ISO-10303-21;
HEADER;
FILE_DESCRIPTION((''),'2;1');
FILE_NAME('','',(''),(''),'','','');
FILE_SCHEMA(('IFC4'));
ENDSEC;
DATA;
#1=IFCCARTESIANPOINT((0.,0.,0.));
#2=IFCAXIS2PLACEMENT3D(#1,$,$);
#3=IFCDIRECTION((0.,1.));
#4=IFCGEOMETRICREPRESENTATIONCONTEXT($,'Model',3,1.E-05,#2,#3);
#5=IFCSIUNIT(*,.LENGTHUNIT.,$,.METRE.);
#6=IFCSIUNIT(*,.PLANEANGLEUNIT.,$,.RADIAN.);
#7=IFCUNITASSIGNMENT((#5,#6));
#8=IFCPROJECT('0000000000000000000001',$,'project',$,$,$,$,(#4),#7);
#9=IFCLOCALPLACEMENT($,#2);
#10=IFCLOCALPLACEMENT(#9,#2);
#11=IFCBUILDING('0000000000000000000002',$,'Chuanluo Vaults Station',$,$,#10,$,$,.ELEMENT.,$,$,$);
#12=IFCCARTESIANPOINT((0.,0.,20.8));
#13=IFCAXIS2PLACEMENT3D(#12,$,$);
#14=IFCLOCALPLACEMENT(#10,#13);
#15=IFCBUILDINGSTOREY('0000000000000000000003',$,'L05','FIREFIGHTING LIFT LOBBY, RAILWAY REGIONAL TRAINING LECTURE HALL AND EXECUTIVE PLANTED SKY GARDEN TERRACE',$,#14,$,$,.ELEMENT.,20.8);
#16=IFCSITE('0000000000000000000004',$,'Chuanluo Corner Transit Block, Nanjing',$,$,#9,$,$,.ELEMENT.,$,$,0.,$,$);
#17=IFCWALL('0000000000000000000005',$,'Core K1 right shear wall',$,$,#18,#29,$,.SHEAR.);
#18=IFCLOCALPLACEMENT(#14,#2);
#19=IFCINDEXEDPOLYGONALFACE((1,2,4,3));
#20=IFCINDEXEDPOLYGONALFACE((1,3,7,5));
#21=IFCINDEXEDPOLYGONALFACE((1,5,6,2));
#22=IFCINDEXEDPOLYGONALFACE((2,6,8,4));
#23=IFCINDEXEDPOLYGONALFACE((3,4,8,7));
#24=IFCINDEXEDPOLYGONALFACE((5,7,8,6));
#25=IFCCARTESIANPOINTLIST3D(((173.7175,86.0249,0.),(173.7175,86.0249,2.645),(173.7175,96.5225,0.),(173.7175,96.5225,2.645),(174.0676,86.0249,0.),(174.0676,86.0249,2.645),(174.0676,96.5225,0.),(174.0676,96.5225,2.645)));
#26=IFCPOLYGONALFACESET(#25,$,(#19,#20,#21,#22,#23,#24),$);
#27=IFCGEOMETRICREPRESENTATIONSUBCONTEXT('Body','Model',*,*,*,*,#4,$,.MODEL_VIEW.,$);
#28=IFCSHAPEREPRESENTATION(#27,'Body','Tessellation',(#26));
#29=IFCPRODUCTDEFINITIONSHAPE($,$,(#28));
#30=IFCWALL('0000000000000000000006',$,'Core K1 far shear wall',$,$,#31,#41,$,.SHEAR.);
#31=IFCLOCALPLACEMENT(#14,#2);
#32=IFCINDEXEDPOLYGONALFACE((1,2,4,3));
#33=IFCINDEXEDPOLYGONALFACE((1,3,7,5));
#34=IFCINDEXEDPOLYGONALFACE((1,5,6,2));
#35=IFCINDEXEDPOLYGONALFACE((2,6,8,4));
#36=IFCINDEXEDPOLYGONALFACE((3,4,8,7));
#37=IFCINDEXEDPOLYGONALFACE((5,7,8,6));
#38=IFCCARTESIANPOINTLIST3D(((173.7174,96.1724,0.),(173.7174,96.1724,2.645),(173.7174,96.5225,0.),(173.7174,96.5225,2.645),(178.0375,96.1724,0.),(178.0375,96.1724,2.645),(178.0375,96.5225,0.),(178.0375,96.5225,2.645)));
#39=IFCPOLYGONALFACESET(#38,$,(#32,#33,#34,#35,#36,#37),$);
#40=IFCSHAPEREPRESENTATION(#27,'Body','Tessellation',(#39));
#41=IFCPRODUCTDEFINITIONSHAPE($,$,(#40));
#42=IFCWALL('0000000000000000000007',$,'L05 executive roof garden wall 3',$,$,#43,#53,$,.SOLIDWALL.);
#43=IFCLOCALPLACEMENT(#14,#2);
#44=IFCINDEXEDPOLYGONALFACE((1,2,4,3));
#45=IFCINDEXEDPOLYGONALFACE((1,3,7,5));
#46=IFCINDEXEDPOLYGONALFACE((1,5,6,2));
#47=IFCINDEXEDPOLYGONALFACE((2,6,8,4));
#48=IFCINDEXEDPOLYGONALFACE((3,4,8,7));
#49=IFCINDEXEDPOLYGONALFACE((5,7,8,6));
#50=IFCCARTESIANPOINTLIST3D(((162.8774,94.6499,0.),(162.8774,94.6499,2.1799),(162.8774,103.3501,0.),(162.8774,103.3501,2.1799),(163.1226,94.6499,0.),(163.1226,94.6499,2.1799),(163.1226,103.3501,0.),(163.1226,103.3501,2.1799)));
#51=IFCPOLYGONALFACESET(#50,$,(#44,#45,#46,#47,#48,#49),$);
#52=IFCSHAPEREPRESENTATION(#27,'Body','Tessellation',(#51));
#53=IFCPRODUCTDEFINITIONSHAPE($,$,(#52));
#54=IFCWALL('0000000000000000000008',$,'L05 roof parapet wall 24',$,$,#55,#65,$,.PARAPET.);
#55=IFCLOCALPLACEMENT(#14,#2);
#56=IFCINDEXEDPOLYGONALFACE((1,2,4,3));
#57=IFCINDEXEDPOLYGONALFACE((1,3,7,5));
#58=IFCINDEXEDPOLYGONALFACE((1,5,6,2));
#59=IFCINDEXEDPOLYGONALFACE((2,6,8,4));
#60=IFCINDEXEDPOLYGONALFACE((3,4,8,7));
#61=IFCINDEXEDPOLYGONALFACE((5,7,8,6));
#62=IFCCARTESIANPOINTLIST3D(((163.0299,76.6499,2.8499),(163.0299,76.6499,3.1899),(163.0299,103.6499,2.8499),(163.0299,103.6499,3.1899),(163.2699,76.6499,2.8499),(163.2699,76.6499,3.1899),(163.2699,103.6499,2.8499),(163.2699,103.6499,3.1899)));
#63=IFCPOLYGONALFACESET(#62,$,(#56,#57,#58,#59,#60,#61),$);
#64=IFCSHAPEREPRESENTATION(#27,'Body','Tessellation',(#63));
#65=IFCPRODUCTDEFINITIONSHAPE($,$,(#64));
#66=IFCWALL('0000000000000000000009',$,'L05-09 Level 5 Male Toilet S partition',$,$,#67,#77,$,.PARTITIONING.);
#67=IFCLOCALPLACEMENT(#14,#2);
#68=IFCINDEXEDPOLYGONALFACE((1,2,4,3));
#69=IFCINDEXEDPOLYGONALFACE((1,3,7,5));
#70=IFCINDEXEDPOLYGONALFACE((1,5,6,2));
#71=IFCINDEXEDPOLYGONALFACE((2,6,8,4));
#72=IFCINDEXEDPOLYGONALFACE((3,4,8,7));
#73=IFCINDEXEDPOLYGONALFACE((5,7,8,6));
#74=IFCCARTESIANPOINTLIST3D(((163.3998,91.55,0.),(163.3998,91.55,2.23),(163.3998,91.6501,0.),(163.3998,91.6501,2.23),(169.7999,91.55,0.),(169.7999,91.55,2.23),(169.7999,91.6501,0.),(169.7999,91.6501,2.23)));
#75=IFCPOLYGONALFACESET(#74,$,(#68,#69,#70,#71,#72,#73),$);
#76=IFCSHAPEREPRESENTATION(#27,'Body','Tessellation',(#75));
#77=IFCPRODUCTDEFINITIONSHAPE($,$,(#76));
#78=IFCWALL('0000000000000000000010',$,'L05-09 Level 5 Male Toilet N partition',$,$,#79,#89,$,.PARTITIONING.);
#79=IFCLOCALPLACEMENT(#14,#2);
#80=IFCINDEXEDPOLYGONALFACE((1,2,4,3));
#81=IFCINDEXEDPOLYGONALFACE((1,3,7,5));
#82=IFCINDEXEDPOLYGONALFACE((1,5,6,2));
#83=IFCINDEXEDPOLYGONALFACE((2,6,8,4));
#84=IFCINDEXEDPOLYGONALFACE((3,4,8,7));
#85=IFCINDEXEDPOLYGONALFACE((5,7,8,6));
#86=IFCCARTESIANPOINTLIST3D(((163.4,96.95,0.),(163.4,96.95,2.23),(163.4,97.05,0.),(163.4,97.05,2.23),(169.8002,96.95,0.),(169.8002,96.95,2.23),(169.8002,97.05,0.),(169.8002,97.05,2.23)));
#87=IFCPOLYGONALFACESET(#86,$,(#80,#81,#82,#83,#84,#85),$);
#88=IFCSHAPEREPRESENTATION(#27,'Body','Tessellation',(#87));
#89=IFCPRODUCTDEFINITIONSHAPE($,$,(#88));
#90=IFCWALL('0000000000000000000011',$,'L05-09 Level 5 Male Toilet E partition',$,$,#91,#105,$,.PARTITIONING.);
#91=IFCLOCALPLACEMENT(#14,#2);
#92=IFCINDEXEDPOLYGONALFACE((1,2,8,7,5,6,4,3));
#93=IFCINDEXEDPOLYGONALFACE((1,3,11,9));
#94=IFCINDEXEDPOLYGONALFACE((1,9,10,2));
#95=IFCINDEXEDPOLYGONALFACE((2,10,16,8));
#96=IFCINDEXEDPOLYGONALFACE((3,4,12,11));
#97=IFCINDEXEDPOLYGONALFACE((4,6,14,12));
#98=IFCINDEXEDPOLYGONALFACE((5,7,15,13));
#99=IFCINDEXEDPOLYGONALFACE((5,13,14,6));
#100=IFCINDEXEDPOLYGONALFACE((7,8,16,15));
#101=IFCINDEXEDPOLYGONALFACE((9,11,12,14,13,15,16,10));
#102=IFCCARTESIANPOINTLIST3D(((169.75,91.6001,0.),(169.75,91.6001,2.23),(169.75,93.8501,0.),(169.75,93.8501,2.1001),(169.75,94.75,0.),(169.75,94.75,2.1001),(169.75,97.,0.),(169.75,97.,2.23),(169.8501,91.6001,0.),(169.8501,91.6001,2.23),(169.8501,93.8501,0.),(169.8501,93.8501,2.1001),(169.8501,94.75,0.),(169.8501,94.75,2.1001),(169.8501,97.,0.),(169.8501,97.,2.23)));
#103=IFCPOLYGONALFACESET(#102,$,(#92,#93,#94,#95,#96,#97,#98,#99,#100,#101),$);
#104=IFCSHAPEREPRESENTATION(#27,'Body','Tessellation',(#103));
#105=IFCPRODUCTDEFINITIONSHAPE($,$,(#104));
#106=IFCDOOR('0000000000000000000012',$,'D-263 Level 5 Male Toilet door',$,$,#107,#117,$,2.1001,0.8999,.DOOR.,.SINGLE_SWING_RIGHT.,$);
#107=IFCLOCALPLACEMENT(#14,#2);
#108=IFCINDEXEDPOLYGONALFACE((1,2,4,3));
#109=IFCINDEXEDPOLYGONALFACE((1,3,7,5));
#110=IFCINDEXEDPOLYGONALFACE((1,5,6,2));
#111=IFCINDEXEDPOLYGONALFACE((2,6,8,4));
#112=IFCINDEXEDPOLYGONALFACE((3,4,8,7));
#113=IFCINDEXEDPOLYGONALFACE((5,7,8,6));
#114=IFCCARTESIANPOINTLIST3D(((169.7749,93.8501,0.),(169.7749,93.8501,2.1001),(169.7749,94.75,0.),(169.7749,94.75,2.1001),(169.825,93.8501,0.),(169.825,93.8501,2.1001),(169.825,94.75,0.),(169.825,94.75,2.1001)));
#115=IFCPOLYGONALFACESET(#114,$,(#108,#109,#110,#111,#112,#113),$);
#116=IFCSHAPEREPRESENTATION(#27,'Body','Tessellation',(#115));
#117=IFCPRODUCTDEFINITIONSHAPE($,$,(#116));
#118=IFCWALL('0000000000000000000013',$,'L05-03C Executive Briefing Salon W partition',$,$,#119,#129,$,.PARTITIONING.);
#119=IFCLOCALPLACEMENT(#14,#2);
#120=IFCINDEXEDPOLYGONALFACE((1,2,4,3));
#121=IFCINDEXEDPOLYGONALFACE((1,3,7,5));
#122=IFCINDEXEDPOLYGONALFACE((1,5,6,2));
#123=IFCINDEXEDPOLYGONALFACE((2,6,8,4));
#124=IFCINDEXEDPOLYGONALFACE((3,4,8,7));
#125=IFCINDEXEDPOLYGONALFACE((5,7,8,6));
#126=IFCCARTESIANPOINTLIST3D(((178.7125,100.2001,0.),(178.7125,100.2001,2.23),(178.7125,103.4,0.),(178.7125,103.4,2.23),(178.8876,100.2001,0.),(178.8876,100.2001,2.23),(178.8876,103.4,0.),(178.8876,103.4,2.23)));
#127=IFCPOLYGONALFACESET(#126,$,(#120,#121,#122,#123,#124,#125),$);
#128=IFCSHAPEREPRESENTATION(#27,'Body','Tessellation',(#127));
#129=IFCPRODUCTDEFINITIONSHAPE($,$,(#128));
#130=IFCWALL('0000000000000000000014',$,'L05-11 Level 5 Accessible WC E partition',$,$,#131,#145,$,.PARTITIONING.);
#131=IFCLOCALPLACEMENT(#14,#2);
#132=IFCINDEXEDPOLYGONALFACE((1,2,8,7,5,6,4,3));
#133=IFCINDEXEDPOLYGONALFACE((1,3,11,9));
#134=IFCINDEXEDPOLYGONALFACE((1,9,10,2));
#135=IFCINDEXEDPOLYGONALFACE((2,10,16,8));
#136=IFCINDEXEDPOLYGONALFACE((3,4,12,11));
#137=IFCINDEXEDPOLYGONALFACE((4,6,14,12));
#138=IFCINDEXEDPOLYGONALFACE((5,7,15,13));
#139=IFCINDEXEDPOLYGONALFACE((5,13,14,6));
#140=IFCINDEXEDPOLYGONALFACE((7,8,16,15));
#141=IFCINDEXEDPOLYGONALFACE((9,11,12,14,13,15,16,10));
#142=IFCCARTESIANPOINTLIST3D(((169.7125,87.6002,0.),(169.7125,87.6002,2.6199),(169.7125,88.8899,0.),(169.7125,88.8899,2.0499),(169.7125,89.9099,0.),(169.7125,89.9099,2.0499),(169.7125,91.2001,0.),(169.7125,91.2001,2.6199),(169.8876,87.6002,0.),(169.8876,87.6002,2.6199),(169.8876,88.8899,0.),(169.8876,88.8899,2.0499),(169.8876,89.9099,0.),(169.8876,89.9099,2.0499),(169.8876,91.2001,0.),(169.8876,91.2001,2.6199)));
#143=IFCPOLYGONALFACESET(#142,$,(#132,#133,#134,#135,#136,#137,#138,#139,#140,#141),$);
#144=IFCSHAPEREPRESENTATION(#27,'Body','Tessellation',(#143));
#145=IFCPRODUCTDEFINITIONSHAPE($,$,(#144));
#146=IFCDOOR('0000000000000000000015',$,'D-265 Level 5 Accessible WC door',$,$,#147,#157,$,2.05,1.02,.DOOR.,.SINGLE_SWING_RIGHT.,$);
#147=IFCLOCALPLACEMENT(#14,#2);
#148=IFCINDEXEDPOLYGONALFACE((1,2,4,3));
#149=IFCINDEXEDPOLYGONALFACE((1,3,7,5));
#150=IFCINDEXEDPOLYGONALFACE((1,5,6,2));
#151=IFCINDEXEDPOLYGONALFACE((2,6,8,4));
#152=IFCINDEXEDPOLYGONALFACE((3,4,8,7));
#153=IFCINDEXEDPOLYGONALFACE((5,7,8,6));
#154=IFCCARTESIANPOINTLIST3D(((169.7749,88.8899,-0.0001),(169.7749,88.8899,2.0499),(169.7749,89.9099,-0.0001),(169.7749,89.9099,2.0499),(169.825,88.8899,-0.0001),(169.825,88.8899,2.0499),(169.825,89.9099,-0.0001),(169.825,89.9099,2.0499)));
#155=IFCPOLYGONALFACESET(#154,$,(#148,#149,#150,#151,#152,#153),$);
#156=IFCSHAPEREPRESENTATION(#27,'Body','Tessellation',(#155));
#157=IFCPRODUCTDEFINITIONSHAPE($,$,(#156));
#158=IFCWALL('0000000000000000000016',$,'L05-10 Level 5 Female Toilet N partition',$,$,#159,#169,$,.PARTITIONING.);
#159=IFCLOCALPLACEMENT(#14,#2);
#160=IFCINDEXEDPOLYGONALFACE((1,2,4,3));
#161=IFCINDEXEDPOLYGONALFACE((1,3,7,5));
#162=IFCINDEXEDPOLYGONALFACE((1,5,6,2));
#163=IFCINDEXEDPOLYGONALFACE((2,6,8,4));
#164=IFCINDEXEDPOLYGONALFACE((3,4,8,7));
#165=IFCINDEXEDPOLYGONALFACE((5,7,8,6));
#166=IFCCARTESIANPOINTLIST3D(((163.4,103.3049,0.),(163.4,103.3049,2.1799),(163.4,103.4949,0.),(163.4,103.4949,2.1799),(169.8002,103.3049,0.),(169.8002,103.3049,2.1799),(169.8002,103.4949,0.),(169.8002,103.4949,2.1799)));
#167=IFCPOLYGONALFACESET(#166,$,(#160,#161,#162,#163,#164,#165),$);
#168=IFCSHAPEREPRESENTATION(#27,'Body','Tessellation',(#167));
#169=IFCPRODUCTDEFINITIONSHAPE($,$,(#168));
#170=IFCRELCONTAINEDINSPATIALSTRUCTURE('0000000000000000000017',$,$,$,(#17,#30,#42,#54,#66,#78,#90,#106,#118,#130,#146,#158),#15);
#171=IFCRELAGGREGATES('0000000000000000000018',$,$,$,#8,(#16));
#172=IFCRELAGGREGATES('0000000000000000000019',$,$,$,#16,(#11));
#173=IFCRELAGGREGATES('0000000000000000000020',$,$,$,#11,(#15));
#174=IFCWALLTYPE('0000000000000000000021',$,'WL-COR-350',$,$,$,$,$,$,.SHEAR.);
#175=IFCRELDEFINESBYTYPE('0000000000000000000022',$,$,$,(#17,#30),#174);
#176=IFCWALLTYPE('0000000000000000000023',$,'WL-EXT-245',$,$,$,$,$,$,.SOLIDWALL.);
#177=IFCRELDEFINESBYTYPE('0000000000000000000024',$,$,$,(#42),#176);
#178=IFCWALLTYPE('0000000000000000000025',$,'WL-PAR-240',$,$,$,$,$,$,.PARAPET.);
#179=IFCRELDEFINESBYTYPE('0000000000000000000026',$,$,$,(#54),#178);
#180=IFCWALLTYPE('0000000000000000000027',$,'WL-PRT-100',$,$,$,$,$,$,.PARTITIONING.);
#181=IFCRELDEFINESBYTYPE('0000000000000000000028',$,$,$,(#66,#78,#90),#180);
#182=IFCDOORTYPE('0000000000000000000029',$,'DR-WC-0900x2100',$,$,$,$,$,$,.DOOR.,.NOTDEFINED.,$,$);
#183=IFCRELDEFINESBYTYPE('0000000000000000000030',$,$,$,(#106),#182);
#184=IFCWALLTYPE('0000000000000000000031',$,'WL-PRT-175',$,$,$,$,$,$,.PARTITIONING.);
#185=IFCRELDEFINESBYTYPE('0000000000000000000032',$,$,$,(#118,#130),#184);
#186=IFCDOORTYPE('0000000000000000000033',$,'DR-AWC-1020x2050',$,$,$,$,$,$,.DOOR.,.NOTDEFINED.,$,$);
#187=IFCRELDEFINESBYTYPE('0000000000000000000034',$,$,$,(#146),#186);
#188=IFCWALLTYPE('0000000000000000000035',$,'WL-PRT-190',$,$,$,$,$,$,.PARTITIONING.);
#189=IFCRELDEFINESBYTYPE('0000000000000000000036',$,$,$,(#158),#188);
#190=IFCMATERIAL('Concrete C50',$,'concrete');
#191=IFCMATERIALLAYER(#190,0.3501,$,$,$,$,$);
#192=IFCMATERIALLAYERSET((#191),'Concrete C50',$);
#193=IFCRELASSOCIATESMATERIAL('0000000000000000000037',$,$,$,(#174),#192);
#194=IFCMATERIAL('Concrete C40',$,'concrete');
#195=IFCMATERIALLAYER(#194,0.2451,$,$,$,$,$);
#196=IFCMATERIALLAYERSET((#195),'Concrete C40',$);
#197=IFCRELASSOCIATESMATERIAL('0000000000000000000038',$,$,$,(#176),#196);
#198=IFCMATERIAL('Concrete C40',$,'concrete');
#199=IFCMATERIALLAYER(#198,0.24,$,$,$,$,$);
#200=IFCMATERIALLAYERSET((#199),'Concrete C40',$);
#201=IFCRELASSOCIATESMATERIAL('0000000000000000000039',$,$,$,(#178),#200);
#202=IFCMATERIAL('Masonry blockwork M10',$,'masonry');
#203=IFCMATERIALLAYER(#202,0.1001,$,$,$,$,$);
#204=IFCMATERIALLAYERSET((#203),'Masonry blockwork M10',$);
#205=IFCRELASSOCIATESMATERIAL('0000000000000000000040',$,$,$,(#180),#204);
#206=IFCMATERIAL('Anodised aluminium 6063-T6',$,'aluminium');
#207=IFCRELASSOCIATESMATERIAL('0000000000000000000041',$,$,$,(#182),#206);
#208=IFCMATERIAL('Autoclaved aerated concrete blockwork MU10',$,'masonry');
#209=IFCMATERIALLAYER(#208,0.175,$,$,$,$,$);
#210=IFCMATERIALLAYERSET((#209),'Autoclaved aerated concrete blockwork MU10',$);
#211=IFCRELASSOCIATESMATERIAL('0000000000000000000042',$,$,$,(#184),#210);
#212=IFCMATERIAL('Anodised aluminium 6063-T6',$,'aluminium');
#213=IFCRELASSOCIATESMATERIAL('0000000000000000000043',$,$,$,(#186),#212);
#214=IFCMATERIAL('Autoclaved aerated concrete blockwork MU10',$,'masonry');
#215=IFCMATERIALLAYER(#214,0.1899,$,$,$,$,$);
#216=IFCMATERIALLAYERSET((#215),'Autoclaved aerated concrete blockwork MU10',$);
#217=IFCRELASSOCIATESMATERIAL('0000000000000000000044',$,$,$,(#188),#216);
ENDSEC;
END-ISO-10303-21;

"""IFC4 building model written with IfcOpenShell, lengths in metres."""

from ifc_helpers import new_model, si_unit, direction, frame, frame_2d, origin, place, context, subcontext, project, spatial, rectangle, extrude, material, layer, layer_set, type_object, element, fill, save


model = new_model("IFC4")

# Units and contexts
model_context = context("Model", 3, precision=1e-05, world=origin(), true_north=direction((0.0, 1.0)))
body_context = subcontext(model_context, "Body", "Model", "MODEL_VIEW")
ifc_project = project(units=[si_unit("LENGTHUNIT", "METRE"), si_unit("PLANEANGLEUNIT", "RADIAN")], contexts=[model_context])

# Site, building, storey
site_placement = place(None, origin())
site = spatial("IfcSite", under=ifc_project, at=site_placement, Name="Chuanluo Corner Transit Block, Nanjing", CompositionType="ELEMENT", RefElevation=0.0)
building_placement = place(site_placement, origin())
building = spatial("IfcBuilding", under=site, at=building_placement, Name="Chuanluo Vaults Station", CompositionType="ELEMENT")
storey_placement = place(building_placement, frame((0.0, 0.0, 20.8)))
storey = spatial("IfcBuildingStorey", under=building, at=storey_placement, Name="L05", Description="FIREFIGHTING LIFT LOBBY, RAILWAY REGIONAL TRAINING LECTURE HALL AND EXECUTIVE PLANTED SKY GARDEN TERRACE", CompositionType="ELEMENT", Elevation=20.8)

# Walls
ifc_material_1 = material(Name="Concrete C50", Category="concrete")
ifc_layer_1 = layer(ifc_material_1, 0.3501)
ifc_layer_set_1 = layer_set([ifc_layer_1], Name="Concrete C50")
wall_type_1 = type_object("IfcWallType", Name="WL-COR-350", PredefinedType="SHEAR", material=ifc_layer_set_1)
wall_1_placement = place(storey_placement, frame((173.8926, 96.5225, 0.0), z_axis=(0.0, 0.0, 1.0), x_axis=(0.0, -1.0, 0.0)))
element("IfcWall", 1, at=wall_1_placement, inside=storey, type_object=wall_type_1, Name="Core K1 right shear wall", PredefinedType="SHEAR", context=body_context, shape_type="SweptSolid", body=[
    extrude(rectangle(XDim=10.4976, YDim=0.3501, at=frame_2d((5.2488, 0.0))), origin(), (0.0, 0.0, 1.0), 2.645),
])
wall_2_placement = place(storey_placement, frame((178.0376, 96.3474, 0.0), z_axis=(0.0, 0.0, 1.0), x_axis=(-1.0, 0.0, 0.0)))
element("IfcWall", 2, at=wall_2_placement, inside=storey, type_object=wall_type_1, Name="Core K1 far shear wall", PredefinedType="SHEAR", context=body_context, shape_type="SweptSolid", body=[
    extrude(rectangle(XDim=4.3201, YDim=0.3501, at=frame_2d((2.1602, 0.0))), origin(), (0.0, 0.0, 1.0), 2.645),
])
ifc_material_2 = material(Name="Concrete C40", Category="concrete")
ifc_layer_2 = layer(ifc_material_2, 0.2451)
ifc_layer_set_2 = layer_set([ifc_layer_2], Name="Concrete C40")
wall_type_2 = type_object("IfcWallType", Name="WL-EXT-245", PredefinedType="SOLIDWALL", material=ifc_layer_set_2)
wall_3_placement = place(storey_placement, frame((163.0, 94.6499, 0.0), z_axis=(0.0, 0.0, 1.0), x_axis=(0.0, 1.0, 0.0)))
element("IfcWall", 3, at=wall_3_placement, inside=storey, type_object=wall_type_2, Name="L05 executive roof garden wall 3", PredefinedType="SOLIDWALL", context=body_context, shape_type="SweptSolid", body=[
    extrude(rectangle(XDim=8.7002, YDim=0.2451, at=frame_2d((4.3501, 0.0))), origin(), (0.0, 0.0, 1.0), 2.1799),
])
ifc_material_3 = material(Name="Concrete C40", Category="concrete")
ifc_layer_3 = layer(ifc_material_3, 0.24)
ifc_layer_set_3 = layer_set([ifc_layer_3], Name="Concrete C40")
wall_type_3 = type_object("IfcWallType", Name="WL-PAR-240", PredefinedType="PARAPET", material=ifc_layer_set_3)
wall_4_placement = place(storey_placement, frame((163.1499, 103.6499, 2.8499), z_axis=(0.0, 0.0, 1.0), x_axis=(0.0, -1.0, 0.0)))
element("IfcWall", 4, at=wall_4_placement, inside=storey, type_object=wall_type_3, Name="L05 roof parapet wall 24", PredefinedType="PARAPET", context=body_context, shape_type="SweptSolid", body=[
    extrude(rectangle(XDim=27.0, YDim=0.24, at=frame_2d((13.5, 0.0))), origin(), (0.0, 0.0, 1.0), 0.3401),
])
ifc_material_4 = material(Name="Masonry blockwork M10", Category="masonry")
ifc_layer_4 = layer(ifc_material_4, 0.1001)
ifc_layer_set_4 = layer_set([ifc_layer_4], Name="Masonry blockwork M10")
wall_type_4 = type_object("IfcWallType", Name="WL-PRT-100", PredefinedType="PARTITIONING", material=ifc_layer_set_4)
for number, where, z_axis, x_axis, name in (
    (5, (169.8, 91.6001, 0.0), (0.0, 0.0, 1.0), (-1.0, 0.0, 0.0), "L05-09 Level 5 Male Toilet S partition"),
    (6, (163.3999, 97.0, 0.0), (0.0, 0.0, 1.0), (1.0, 0.0, 0.0), "L05-09 Level 5 Male Toilet N partition"),
):
    element("IfcWall", number, at=place(storey_placement, frame(where, z_axis=z_axis, x_axis=x_axis)), inside=storey, type_object=wall_type_4, Name=name, PredefinedType="PARTITIONING", context=body_context, shape_type="SweptSolid", body=[
        extrude(rectangle(XDim=6.4001, YDim=0.1001, at=frame_2d((3.2002, 0.0))), origin(), (0.0, 0.0, 1.0), 2.23),
    ])

# Wall, opening, door
wall_5_placement = place(storey_placement, frame((169.8, 97.0, 0.0), z_axis=(0.0, 0.0, 1.0), x_axis=(0.0, -1.0, 0.0)))
wall_5 = element("IfcWall", 7, at=wall_5_placement, inside=storey, type_object=wall_type_4, Name="L05-09 Level 5 Male Toilet E partition", PredefinedType="PARTITIONING", context=body_context, shape_type="SweptSolid", body=[
    extrude(rectangle(XDim=5.3999, YDim=0.1001, at=frame_2d((2.7, 0.0))), origin(), (0.0, 0.0, 1.0), 2.23),
])
opening_1_placement = place(wall_5_placement, frame((2.25, 0.0, 0.0)))
opening_1 = element("IfcOpeningElement", 8, at=opening_1_placement, cuts=wall_5, PredefinedType="OPENING", context=body_context, shape_type="SweptSolid", body=[
    extrude(rectangle(XDim=0.8999, YDim=2.1001, at=frame_2d((0.45, 1.05))), frame((0.0, 0.06, 0.0), z_axis=(0.0, -1.0, 0.0), x_axis=(1.0, 0.0, 0.0)), (0.0, 0.0, 1.0), 0.1201),
])
ifc_material_5 = material(Name="Anodised aluminium 6063-T6", Category="aluminium")
door_type_1 = type_object("IfcDoorType", Name="DR-WC-0900x2100", OperationType="NOTDEFINED", PredefinedType="DOOR", material=ifc_material_5)
door_1_placement = place(opening_1_placement, origin())
door_1 = element("IfcDoor", 9, at=door_1_placement, inside=storey, type_object=door_type_1, Name="D-263 Level 5 Male Toilet door", OperationType="SINGLE_SWING_RIGHT", OverallHeight=2.1001, OverallWidth=0.8999, PredefinedType="DOOR", context=body_context, shape_type="SweptSolid", body=[
    extrude(rectangle(XDim=0.8999, YDim=2.1001, at=frame_2d((0.45, 1.05))), frame((0.0, 0.0249, 0.0), z_axis=(0.0, -1.0, 0.0), x_axis=(1.0, 0.0, 0.0)), (0.0, 0.0, 1.0), 0.05),
])
fill(opening_1, door_1)

# Wall
ifc_material_6 = material(Name="Autoclaved aerated concrete blockwork MU10", Category="masonry")
ifc_layer_5 = layer(ifc_material_6, 0.175)
ifc_layer_set_5 = layer_set([ifc_layer_5], Name="Autoclaved aerated concrete blockwork MU10")
wall_type_5 = type_object("IfcWallType", Name="WL-PRT-175", PredefinedType="PARTITIONING", material=ifc_layer_set_5)
wall_6_placement = place(storey_placement, frame((178.8, 100.2, 0.0), z_axis=(0.0, 0.0, 1.0), x_axis=(0.0, 1.0, 0.0)))
element("IfcWall", 10, at=wall_6_placement, inside=storey, type_object=wall_type_5, Name="L05-03C Executive Briefing Salon W partition", PredefinedType="PARTITIONING", context=body_context, shape_type="SweptSolid", body=[
    extrude(rectangle(XDim=3.2, YDim=0.175, at=frame_2d((1.6001, 0.0))), origin(), (0.0, 0.0, 1.0), 2.23),
])

# Wall, opening, door
wall_7_placement = place(storey_placement, frame((169.8, 91.2, 0.0), z_axis=(0.0, 0.0, 1.0), x_axis=(0.0, -1.0, 0.0)))
wall_7 = element("IfcWall", 11, at=wall_7_placement, inside=storey, type_object=wall_type_5, Name="L05-11 Level 5 Accessible WC E partition", PredefinedType="PARTITIONING", context=body_context, shape_type="SweptSolid", body=[
    extrude(rectangle(XDim=3.5999, YDim=0.175, at=frame_2d((1.7998, 0.0))), origin(), (0.0, 0.0, 1.0), 2.6199),
])
opening_2_placement = place(wall_7_placement, frame((1.29, 0.0, 0.0)))
opening_2 = element("IfcOpeningElement", 12, at=opening_2_placement, cuts=wall_7, PredefinedType="OPENING", context=body_context, shape_type="SweptSolid", body=[
    extrude(rectangle(XDim=1.02, YDim=2.05, at=frame_2d((0.51, 1.0249))), frame((0.0, 0.0974, 0.0), z_axis=(0.0, -1.0, 0.0), x_axis=(1.0, 0.0, 0.0)), (0.0, 0.0, 1.0), 0.1951),
])
ifc_material_7 = material(Name="Anodised aluminium 6063-T6", Category="aluminium")
door_type_2 = type_object("IfcDoorType", Name="DR-AWC-1020x2050", OperationType="NOTDEFINED", PredefinedType="DOOR", material=ifc_material_7)
door_2_placement = place(opening_2_placement, origin())
door_2 = element("IfcDoor", 13, at=door_2_placement, inside=storey, type_object=door_type_2, Name="D-265 Level 5 Accessible WC door", OperationType="SINGLE_SWING_RIGHT", OverallHeight=2.05, OverallWidth=1.02, PredefinedType="DOOR", context=body_context, shape_type="SweptSolid", body=[
    extrude(rectangle(XDim=1.02, YDim=2.05, at=frame_2d((0.51, 1.0249))), frame((0.0, 0.0249, 0.0), z_axis=(0.0, -1.0, 0.0), x_axis=(1.0, 0.0, 0.0)), (0.0, 0.0, 1.0), 0.05),
])
fill(opening_2, door_2)

# Wall
ifc_material_8 = material(Name="Autoclaved aerated concrete blockwork MU10", Category="masonry")
ifc_layer_6 = layer(ifc_material_8, 0.1899)
ifc_layer_set_6 = layer_set([ifc_layer_6], Name="Autoclaved aerated concrete blockwork MU10")
wall_type_6 = type_object("IfcWallType", Name="WL-PRT-190", PredefinedType="PARTITIONING", material=ifc_layer_set_6)
wall_8_placement = place(storey_placement, frame((163.3999, 103.3999, 0.0), z_axis=(0.0, 0.0, 1.0), x_axis=(1.0, 0.0, 0.0)))
element("IfcWall", 14, at=wall_8_placement, inside=storey, type_object=wall_type_6, Name="L05-10 Level 5 Female Toilet N partition", PredefinedType="PARTITIONING", context=body_context, shape_type="SweptSolid", body=[
    extrude(rectangle(XDim=6.4001, YDim=0.1899, at=frame_2d((3.2002, 0.0))), origin(), (0.0, 0.0, 1.0), 2.1799),
])

save(model, "model.ifc")
